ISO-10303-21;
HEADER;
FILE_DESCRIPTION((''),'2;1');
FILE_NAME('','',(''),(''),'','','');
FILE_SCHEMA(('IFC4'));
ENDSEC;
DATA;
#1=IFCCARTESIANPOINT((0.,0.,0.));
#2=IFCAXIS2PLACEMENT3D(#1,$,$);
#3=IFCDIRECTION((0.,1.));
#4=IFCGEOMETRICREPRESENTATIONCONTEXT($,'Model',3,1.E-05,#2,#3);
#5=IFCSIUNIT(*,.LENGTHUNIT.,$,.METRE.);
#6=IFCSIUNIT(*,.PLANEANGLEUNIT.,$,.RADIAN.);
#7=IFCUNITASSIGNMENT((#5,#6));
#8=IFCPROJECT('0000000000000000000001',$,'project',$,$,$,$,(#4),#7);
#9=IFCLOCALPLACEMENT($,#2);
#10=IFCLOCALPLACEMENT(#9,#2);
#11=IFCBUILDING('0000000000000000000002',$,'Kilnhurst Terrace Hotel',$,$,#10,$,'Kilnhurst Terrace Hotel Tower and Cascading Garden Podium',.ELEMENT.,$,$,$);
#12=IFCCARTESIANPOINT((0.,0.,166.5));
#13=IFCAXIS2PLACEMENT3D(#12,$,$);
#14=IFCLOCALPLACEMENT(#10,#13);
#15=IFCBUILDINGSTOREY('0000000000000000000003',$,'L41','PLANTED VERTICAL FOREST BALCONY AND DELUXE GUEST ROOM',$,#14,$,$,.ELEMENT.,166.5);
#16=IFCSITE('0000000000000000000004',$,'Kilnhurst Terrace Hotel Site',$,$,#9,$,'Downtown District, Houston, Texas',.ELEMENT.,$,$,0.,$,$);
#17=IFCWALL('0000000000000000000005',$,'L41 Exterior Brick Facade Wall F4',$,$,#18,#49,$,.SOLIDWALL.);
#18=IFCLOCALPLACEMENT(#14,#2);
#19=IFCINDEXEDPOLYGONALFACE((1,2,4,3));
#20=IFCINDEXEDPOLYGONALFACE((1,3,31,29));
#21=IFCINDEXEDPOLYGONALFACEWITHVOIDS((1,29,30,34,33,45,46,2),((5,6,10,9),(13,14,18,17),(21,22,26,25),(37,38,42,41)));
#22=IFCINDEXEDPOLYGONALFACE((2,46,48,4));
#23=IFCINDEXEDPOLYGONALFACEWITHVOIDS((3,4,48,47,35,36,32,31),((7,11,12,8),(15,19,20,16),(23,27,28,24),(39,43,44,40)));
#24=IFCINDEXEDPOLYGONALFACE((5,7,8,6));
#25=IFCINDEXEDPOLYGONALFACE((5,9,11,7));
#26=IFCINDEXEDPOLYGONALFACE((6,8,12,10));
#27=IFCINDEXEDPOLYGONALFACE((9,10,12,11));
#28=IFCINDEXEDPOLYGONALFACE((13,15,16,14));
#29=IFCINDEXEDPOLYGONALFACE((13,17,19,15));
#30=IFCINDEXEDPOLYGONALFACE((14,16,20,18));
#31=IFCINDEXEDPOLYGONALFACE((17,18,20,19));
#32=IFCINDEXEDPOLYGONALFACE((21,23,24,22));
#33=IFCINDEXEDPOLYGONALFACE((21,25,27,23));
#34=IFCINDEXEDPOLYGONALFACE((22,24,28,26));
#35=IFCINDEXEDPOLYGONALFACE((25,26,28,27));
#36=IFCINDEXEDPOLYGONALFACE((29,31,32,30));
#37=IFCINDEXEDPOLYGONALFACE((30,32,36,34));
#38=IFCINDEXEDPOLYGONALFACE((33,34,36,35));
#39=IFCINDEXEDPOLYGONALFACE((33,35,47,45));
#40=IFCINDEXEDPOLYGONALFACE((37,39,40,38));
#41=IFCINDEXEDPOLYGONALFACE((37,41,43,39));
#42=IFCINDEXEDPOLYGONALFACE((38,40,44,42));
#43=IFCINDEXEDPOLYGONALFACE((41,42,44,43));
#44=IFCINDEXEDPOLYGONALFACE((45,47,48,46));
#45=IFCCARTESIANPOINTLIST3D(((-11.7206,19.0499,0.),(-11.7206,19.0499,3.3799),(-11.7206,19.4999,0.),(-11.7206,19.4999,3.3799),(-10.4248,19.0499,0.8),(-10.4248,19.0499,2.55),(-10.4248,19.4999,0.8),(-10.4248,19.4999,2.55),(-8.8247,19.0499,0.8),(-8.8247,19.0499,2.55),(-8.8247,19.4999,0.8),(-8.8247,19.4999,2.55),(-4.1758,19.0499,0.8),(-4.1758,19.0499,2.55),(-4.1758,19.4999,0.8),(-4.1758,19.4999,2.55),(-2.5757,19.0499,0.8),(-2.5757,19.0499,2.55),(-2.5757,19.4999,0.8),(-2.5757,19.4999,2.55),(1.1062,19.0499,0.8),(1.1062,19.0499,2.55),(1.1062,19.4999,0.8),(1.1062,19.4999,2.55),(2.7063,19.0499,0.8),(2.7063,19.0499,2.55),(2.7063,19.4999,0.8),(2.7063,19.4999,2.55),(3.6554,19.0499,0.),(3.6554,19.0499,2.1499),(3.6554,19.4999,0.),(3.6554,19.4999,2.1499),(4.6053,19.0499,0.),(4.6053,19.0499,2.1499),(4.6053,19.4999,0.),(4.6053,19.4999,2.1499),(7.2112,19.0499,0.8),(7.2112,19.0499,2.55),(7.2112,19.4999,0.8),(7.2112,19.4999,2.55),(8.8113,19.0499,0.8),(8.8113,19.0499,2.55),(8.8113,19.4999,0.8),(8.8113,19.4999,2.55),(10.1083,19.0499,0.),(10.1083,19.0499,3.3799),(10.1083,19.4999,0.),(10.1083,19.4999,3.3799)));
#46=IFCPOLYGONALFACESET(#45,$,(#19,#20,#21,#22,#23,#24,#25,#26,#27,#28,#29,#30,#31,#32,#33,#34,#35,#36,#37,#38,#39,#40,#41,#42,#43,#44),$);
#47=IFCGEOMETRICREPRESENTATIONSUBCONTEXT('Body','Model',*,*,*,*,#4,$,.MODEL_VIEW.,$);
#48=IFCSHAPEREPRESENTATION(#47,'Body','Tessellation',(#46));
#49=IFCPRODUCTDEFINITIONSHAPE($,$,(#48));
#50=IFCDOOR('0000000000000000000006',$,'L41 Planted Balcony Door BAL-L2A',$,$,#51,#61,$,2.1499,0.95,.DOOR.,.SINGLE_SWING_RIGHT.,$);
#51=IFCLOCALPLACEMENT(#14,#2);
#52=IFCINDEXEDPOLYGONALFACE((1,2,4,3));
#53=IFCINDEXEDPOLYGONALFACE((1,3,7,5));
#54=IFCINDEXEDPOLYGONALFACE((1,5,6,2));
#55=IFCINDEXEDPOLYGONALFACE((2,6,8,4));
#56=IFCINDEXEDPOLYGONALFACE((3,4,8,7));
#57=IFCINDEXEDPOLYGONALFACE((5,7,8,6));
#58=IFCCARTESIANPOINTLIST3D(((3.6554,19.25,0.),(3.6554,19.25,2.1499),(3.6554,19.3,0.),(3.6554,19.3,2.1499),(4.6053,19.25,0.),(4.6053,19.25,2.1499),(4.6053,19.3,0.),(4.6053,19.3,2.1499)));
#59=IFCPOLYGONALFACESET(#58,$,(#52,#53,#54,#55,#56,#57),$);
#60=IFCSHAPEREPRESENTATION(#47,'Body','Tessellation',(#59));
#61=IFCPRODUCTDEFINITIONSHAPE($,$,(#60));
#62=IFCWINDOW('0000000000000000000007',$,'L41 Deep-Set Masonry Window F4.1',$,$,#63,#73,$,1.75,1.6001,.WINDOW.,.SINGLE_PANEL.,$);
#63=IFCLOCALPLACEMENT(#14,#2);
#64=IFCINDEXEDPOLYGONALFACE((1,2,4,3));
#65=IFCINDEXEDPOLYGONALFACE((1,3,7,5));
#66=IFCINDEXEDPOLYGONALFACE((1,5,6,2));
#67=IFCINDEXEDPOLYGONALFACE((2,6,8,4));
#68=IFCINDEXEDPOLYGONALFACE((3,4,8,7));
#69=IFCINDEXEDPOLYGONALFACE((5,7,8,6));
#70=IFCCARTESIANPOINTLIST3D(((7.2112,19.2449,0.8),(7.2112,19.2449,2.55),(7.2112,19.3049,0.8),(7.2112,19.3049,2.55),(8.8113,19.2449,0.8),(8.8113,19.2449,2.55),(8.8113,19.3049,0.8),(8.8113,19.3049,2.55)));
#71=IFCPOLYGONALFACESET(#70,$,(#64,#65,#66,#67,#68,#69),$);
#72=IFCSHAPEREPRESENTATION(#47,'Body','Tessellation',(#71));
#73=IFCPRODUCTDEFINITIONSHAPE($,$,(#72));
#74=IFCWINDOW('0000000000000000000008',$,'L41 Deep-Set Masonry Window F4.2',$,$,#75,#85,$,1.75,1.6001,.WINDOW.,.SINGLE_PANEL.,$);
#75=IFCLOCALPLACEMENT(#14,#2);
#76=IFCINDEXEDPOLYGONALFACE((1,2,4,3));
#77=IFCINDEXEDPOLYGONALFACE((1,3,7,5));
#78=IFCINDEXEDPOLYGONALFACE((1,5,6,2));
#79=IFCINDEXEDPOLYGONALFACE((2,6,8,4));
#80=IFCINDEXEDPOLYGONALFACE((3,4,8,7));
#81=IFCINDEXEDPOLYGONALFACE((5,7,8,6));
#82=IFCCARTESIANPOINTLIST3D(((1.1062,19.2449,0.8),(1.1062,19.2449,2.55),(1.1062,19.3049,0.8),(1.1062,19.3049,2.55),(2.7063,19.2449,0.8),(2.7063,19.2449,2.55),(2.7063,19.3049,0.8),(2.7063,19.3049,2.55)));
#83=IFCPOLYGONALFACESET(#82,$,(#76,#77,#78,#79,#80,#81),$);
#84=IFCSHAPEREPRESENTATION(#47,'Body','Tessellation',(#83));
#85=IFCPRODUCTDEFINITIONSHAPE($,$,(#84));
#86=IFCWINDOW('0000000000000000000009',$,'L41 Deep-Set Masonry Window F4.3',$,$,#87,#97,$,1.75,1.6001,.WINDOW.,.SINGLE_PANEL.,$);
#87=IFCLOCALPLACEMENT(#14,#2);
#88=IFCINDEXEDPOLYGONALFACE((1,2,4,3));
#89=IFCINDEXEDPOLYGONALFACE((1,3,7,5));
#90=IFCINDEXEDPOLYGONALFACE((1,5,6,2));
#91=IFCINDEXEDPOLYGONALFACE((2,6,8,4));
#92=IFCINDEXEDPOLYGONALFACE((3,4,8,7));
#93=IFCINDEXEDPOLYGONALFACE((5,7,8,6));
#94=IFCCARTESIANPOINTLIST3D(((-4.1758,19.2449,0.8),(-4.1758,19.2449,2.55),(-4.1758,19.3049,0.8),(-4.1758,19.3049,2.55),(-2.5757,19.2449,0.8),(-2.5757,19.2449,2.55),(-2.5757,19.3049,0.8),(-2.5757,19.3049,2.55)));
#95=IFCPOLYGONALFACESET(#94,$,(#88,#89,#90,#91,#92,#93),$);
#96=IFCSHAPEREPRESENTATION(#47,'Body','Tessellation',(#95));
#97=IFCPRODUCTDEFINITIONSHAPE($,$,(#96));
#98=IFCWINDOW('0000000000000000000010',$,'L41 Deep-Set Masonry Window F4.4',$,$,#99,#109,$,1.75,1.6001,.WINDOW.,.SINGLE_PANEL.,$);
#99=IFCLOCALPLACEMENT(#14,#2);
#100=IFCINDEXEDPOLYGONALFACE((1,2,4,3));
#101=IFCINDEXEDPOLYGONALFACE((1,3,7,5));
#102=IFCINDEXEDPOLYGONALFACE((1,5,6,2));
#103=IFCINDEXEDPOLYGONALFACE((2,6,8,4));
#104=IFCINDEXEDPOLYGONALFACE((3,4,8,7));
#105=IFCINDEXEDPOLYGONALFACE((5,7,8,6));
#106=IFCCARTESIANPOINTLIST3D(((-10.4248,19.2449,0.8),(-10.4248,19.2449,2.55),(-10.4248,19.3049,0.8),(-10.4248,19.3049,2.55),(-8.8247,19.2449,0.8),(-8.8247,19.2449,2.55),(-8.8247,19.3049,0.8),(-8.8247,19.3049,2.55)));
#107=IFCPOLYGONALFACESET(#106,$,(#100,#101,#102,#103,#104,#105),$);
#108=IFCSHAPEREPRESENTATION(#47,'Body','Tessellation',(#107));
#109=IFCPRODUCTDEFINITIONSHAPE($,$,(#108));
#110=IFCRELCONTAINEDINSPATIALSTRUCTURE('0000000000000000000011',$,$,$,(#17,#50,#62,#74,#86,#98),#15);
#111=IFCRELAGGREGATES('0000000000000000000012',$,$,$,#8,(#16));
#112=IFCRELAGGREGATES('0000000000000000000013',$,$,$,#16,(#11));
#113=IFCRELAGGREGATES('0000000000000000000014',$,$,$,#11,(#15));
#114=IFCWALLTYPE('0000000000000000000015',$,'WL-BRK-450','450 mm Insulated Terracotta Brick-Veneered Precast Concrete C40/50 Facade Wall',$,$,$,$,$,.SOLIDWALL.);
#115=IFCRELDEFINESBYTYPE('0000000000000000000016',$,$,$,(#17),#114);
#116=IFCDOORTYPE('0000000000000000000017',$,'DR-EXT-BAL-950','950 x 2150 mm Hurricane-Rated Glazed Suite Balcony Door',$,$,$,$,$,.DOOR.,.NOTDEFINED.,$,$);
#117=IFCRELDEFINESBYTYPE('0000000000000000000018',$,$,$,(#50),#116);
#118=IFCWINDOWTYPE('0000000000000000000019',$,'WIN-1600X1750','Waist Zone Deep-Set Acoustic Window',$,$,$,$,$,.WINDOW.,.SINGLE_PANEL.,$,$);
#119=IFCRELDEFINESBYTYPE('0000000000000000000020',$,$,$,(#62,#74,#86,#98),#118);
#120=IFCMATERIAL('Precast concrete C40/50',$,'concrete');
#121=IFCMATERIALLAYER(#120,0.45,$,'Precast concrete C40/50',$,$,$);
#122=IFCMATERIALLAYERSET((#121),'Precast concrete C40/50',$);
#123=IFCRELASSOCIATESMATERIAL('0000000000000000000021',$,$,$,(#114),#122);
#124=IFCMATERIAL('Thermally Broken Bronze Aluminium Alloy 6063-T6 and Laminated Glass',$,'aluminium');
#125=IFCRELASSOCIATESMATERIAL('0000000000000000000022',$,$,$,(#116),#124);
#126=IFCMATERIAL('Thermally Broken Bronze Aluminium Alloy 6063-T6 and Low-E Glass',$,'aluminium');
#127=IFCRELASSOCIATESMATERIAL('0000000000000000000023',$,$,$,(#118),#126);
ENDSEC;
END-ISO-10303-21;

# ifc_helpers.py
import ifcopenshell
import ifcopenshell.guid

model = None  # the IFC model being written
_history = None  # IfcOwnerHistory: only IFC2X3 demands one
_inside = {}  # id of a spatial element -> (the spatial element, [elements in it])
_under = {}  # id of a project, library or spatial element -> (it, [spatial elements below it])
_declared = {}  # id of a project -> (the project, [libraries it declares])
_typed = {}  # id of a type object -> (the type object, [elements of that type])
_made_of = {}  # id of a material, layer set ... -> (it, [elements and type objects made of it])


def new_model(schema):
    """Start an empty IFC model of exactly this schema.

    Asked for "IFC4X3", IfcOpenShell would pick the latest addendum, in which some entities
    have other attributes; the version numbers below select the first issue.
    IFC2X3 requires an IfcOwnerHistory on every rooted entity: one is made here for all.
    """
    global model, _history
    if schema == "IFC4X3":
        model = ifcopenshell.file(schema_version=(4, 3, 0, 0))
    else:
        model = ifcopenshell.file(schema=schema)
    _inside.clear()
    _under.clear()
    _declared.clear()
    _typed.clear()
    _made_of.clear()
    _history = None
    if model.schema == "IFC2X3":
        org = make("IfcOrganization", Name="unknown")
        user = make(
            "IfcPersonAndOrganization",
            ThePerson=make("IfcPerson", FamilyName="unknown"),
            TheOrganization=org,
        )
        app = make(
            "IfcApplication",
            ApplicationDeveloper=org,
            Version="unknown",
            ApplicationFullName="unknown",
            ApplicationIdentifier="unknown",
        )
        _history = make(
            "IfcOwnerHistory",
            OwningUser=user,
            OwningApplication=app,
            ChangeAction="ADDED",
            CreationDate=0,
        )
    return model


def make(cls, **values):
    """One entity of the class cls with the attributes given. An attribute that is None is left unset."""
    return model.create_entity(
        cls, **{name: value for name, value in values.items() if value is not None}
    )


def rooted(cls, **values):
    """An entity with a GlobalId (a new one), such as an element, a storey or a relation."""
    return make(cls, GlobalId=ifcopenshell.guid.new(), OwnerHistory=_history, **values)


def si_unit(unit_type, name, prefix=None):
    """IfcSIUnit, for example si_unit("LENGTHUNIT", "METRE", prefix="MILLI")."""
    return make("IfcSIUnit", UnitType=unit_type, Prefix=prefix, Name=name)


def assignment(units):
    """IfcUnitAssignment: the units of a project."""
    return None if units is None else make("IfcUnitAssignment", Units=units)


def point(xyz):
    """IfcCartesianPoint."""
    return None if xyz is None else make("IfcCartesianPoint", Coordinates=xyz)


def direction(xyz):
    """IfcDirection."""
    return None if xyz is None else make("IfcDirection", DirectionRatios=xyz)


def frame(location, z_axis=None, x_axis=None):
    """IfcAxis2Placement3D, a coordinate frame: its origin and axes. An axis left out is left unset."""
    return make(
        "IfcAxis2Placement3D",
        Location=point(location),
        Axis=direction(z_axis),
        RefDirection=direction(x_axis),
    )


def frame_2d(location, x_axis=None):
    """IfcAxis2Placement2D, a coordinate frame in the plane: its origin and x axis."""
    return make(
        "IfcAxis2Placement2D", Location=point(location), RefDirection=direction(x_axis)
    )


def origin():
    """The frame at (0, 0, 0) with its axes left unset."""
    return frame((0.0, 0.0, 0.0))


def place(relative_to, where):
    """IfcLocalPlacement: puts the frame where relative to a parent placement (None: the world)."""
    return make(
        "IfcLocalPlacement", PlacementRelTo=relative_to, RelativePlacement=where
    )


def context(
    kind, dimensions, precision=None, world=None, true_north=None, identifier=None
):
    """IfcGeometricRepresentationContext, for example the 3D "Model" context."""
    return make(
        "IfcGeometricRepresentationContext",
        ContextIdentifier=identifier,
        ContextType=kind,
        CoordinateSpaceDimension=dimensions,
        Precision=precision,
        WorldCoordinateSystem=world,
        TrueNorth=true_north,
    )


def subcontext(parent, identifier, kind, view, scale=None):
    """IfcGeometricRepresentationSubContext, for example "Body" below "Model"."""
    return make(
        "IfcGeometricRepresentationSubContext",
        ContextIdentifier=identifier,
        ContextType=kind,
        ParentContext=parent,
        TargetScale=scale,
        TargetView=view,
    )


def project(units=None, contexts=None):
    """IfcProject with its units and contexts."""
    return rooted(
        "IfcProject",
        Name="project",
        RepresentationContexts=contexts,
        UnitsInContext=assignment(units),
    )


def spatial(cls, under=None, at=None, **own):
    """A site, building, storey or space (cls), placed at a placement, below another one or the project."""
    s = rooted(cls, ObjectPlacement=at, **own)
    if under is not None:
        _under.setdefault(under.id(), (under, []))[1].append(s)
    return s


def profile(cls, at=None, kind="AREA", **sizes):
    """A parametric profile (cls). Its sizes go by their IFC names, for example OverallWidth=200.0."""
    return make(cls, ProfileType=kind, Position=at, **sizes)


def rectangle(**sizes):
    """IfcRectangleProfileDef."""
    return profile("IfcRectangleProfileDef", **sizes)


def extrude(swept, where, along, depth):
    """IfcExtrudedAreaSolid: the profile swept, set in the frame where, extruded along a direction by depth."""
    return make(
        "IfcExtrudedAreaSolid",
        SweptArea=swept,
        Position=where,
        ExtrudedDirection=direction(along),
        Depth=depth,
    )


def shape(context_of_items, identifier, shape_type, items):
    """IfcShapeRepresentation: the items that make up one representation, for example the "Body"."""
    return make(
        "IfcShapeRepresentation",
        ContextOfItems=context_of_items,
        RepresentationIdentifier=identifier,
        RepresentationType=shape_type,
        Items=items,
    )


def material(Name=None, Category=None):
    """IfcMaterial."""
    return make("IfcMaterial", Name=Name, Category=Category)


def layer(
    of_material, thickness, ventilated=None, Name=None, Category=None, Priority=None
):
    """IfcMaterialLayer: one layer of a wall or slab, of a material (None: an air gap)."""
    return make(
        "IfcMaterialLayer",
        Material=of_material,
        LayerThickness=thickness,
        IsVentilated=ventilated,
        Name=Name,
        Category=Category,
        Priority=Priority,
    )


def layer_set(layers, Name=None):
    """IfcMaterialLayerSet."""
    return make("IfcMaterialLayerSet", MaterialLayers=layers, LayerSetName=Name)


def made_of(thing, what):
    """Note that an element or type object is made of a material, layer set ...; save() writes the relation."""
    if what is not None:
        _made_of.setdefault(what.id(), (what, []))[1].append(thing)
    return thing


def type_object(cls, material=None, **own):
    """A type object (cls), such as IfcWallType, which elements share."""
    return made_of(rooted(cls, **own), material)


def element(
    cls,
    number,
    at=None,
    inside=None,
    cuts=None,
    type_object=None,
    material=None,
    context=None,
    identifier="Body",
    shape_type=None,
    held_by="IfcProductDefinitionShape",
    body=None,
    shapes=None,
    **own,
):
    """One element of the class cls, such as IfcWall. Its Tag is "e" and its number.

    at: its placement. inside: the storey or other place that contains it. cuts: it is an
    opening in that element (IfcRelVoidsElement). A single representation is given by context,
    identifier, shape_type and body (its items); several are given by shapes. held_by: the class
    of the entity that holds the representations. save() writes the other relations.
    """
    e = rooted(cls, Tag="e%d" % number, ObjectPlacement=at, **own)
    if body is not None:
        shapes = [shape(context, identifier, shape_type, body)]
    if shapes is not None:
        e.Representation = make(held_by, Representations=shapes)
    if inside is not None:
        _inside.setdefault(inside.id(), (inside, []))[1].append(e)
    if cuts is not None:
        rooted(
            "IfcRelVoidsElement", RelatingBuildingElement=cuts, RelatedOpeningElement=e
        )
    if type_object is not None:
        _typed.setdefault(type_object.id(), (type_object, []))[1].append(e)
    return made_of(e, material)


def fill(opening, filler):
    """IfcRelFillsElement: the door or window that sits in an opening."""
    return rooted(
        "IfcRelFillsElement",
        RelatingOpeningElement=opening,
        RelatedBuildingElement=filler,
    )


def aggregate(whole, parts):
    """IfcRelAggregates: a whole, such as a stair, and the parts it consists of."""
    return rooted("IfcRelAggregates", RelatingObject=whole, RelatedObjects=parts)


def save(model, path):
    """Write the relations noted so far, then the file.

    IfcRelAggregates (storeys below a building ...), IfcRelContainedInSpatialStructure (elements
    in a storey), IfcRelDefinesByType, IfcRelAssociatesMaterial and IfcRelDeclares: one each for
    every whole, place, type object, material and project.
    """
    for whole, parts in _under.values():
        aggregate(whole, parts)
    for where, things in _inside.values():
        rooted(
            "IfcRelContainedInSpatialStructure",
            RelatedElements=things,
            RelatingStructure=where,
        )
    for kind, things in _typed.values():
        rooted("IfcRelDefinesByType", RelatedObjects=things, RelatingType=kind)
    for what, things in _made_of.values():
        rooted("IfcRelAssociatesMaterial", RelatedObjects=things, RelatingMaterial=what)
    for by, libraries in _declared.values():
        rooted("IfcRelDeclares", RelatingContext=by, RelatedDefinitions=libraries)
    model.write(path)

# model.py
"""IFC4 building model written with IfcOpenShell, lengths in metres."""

from ifc_helpers import new_model, si_unit, direction, frame, frame_2d, origin, place, context, subcontext, project, spatial, rectangle, extrude, material, layer, layer_set, type_object, element, fill, save


model = new_model("IFC4")

# Units and contexts
model_context = context("Model", 3, precision=1e-05, world=origin(), true_north=direction((0.0, 1.0)))
body_context = subcontext(model_context, "Body", "Model", "MODEL_VIEW")
ifc_project = project(units=[si_unit("LENGTHUNIT", "METRE"), si_unit("PLANEANGLEUNIT", "RADIAN")], contexts=[model_context])

# Site, building, storey
site_placement = place(None, origin())
site = spatial("IfcSite", under=ifc_project, at=site_placement, Name="Kilnhurst Terrace Hotel Site", LongName="Downtown District, Houston, Texas", CompositionType="ELEMENT", RefElevation=0.0)
building_placement = place(site_placement, origin())
building = spatial("IfcBuilding", under=site, at=building_placement, Name="Kilnhurst Terrace Hotel", LongName="Kilnhurst Terrace Hotel Tower and Cascading Garden Podium", CompositionType="ELEMENT")
storey_placement = place(building_placement, frame((0.0, 0.0, 166.5)))
storey = spatial("IfcBuildingStorey", under=building, at=storey_placement, Name="L41", Description="PLANTED VERTICAL FOREST BALCONY AND DELUXE GUEST ROOM", CompositionType="ELEMENT", Elevation=166.5)

# Shared definitions
ifc_material_1 = material(Name="Precast concrete C40/50", Category="concrete")
ifc_layer_1 = layer(ifc_material_1, 0.45, Name="Precast concrete C40/50")
ifc_layer_set_1 = layer_set([ifc_layer_1], Name="Precast concrete C40/50")
wall_type_1 = type_object("IfcWallType", Name="WL-BRK-450", Description="450 mm Insulated Terracotta Brick-Veneered Precast Concrete C40/50 Facade Wall", PredefinedType="SOLIDWALL", material=ifc_layer_set_1)

# Wall, openings, door, windows
wall_1_placement = place(storey_placement, frame((10.1084, 19.2749, 0.0), z_axis=(0.0, 0.0, 1.0), x_axis=(-1.0, 0.0, 0.0)))
wall_1 = element("IfcWall", 1, at=wall_1_placement, inside=storey, type_object=wall_type_1, Name="L41 Exterior Brick Facade Wall F4", PredefinedType="SOLIDWALL", context=body_context, shape_type="SweptSolid", body=[
    extrude(rectangle(XDim=21.8289, YDim=0.45, at=frame_2d((10.9146, 0.0))), origin(), (0.0, 0.0, 1.0), 3.3799),
])
opening_1_placement = place(wall_1_placement, frame((5.5029, 0.0, 0.0)))
opening_1 = element("IfcOpeningElement", 2, at=opening_1_placement, cuts=wall_1, PredefinedType="OPENING", context=body_context, shape_type="SweptSolid", body=[
    extrude(rectangle(XDim=0.95, YDim=2.1499, at=frame_2d((0.4751, 1.075))), frame((0.0, 0.2349, 0.0), z_axis=(0.0, -1.0, 0.0), x_axis=(1.0, 0.0, 0.0)), (0.0, 0.0, 1.0), 0.47),
])
opening_2_placement = place(wall_1_placement, frame((1.2971, 0.0, 0.8)))
opening_2 = element("IfcOpeningElement", 3, at=opening_2_placement, cuts=wall_1, PredefinedType="OPENING", context=body_context, shape_type="SweptSolid", body=[
    extrude(rectangle(XDim=1.6001, YDim=1.75, at=frame_2d((0.8, 0.875))), frame((0.0, 0.2349, 0.0), z_axis=(0.0, -1.0, 0.0), x_axis=(1.0, 0.0, 0.0)), (0.0, 0.0, 1.0), 0.47),
])
opening_3_placement = place(wall_1_placement, frame((7.4021, 0.0, 0.8)))
opening_3 = element("IfcOpeningElement", 4, at=opening_3_placement, cuts=wall_1, PredefinedType="OPENING", context=body_context, shape_type="SweptSolid", body=[
    extrude(rectangle(XDim=1.6001, YDim=1.75, at=frame_2d((0.8, 0.875))), frame((0.0, 0.2349, 0.0), z_axis=(0.0, -1.0, 0.0), x_axis=(1.0, 0.0, 0.0)), (0.0, 0.0, 1.0), 0.47),
])
opening_4_placement = place(wall_1_placement, frame((12.6841, 0.0, 0.8)))
opening_4 = element("IfcOpeningElement", 5, at=opening_4_placement, cuts=wall_1, PredefinedType="OPENING", context=body_context, shape_type="SweptSolid", body=[
    extrude(rectangle(XDim=1.6001, YDim=1.75, at=frame_2d((0.8, 0.875))), frame((0.0, 0.2349, 0.0), z_axis=(0.0, -1.0, 0.0), x_axis=(1.0, 0.0, 0.0)), (0.0, 0.0, 1.0), 0.47),
])
opening_5_placement = place(wall_1_placement, frame((18.9331, 0.0, 0.8)))
opening_5 = element("IfcOpeningElement", 6, at=opening_5_placement, cuts=wall_1, PredefinedType="OPENING", context=body_context, shape_type="SweptSolid", body=[
    extrude(rectangle(XDim=1.6001, YDim=1.75, at=frame_2d((0.8, 0.875))), frame((0.0, 0.2349, 0.0), z_axis=(0.0, -1.0, 0.0), x_axis=(1.0, 0.0, 0.0)), (0.0, 0.0, 1.0), 0.47),
])
ifc_material_2 = material(Name="Thermally Broken Bronze Aluminium Alloy 6063-T6 and Laminated Glass", Category="aluminium")
door_type_1 = type_object("IfcDoorType", Name="DR-EXT-BAL-950", Description="950 x 2150 mm Hurricane-Rated Glazed Suite Balcony Door", OperationType="NOTDEFINED", PredefinedType="DOOR", material=ifc_material_2)
door_1_placement = place(opening_1_placement, origin())
door_1 = element("IfcDoor", 7, at=door_1_placement, inside=storey, type_object=door_type_1, Name="L41 Planted Balcony Door BAL-L2A", OperationType="SINGLE_SWING_RIGHT", OverallHeight=2.1499, OverallWidth=0.95, PredefinedType="DOOR", context=body_context, shape_type="SweptSolid", body=[
    extrude(rectangle(XDim=0.95, YDim=2.1499, at=frame_2d((0.4751, 1.075))), frame((0.0, 0.0249, 0.0), z_axis=(0.0, -1.0, 0.0), x_axis=(1.0, 0.0, 0.0)), (0.0, 0.0, 1.0), 0.05),
])
fill(opening_1, door_1)
ifc_material_3 = material(Name="Thermally Broken Bronze Aluminium Alloy 6063-T6 and Low-E Glass", Category="aluminium")
window_type = type_object("IfcWindowType", Name="WIN-1600X1750", Description="Waist Zone Deep-Set Acoustic Window", PartitioningType="SINGLE_PANEL", PredefinedType="WINDOW", material=ifc_material_3)
window_1_placement = place(opening_2_placement, origin())
window_1 = element("IfcWindow", 8, at=window_1_placement, inside=storey, type_object=window_type, Name="L41 Deep-Set Masonry Window F4.1", OverallHeight=1.75, OverallWidth=1.6001, PartitioningType="SINGLE_PANEL", PredefinedType="WINDOW", context=body_context, shape_type="SweptSolid", body=[
    extrude(rectangle(XDim=1.6001, YDim=1.75, at=frame_2d((0.8, 0.875))), frame((0.0, 0.03, 0.0), z_axis=(0.0, -1.0, 0.0), x_axis=(1.0, 0.0, 0.0)), (0.0, 0.0, 1.0), 0.0601),
])
fill(opening_2, window_1)
window_2_placement = place(opening_3_placement, origin())
window_2 = element("IfcWindow", 9, at=window_2_placement, inside=storey, type_object=window_type, Name="L41 Deep-Set Masonry Window F4.2", OverallHeight=1.75, OverallWidth=1.6001, PartitioningType="SINGLE_PANEL", PredefinedType="WINDOW", context=body_context, shape_type="SweptSolid", body=[
    extrude(rectangle(XDim=1.6001, YDim=1.75, at=frame_2d((0.8, 0.875))), frame((0.0, 0.03, 0.0), z_axis=(0.0, -1.0, 0.0), x_axis=(1.0, 0.0, 0.0)), (0.0, 0.0, 1.0), 0.0601),
])
fill(opening_3, window_2)
window_3_placement = place(opening_4_placement, origin())
window_3 = element("IfcWindow", 10, at=window_3_placement, inside=storey, type_object=window_type, Name="L41 Deep-Set Masonry Window F4.3", OverallHeight=1.75, OverallWidth=1.6001, PartitioningType="SINGLE_PANEL", PredefinedType="WINDOW", context=body_context, shape_type="SweptSolid", body=[
    extrude(rectangle(XDim=1.6001, YDim=1.75, at=frame_2d((0.8, 0.875))), frame((0.0, 0.03, 0.0), z_axis=(0.0, -1.0, 0.0), x_axis=(1.0, 0.0, 0.0)), (0.0, 0.0, 1.0), 0.0601),
])
fill(opening_4, window_3)
window_4_placement = place(opening_5_placement, origin())
window_4 = element("IfcWindow", 11, at=window_4_placement, inside=storey, type_object=window_type, Name="L41 Deep-Set Masonry Window F4.4", OverallHeight=1.75, OverallWidth=1.6001, PartitioningType="SINGLE_PANEL", PredefinedType="WINDOW", context=body_context, shape_type="SweptSolid", body=[
    extrude(rectangle(XDim=1.6001, YDim=1.75, at=frame_2d((0.8, 0.875))), frame((0.0, 0.03, 0.0), z_axis=(0.0, -1.0, 0.0), x_axis=(1.0, 0.0, 0.0)), (0.0, 0.0, 1.0), 0.0601),
])
fill(opening_5, window_4)

save(model, "model.ifc")
